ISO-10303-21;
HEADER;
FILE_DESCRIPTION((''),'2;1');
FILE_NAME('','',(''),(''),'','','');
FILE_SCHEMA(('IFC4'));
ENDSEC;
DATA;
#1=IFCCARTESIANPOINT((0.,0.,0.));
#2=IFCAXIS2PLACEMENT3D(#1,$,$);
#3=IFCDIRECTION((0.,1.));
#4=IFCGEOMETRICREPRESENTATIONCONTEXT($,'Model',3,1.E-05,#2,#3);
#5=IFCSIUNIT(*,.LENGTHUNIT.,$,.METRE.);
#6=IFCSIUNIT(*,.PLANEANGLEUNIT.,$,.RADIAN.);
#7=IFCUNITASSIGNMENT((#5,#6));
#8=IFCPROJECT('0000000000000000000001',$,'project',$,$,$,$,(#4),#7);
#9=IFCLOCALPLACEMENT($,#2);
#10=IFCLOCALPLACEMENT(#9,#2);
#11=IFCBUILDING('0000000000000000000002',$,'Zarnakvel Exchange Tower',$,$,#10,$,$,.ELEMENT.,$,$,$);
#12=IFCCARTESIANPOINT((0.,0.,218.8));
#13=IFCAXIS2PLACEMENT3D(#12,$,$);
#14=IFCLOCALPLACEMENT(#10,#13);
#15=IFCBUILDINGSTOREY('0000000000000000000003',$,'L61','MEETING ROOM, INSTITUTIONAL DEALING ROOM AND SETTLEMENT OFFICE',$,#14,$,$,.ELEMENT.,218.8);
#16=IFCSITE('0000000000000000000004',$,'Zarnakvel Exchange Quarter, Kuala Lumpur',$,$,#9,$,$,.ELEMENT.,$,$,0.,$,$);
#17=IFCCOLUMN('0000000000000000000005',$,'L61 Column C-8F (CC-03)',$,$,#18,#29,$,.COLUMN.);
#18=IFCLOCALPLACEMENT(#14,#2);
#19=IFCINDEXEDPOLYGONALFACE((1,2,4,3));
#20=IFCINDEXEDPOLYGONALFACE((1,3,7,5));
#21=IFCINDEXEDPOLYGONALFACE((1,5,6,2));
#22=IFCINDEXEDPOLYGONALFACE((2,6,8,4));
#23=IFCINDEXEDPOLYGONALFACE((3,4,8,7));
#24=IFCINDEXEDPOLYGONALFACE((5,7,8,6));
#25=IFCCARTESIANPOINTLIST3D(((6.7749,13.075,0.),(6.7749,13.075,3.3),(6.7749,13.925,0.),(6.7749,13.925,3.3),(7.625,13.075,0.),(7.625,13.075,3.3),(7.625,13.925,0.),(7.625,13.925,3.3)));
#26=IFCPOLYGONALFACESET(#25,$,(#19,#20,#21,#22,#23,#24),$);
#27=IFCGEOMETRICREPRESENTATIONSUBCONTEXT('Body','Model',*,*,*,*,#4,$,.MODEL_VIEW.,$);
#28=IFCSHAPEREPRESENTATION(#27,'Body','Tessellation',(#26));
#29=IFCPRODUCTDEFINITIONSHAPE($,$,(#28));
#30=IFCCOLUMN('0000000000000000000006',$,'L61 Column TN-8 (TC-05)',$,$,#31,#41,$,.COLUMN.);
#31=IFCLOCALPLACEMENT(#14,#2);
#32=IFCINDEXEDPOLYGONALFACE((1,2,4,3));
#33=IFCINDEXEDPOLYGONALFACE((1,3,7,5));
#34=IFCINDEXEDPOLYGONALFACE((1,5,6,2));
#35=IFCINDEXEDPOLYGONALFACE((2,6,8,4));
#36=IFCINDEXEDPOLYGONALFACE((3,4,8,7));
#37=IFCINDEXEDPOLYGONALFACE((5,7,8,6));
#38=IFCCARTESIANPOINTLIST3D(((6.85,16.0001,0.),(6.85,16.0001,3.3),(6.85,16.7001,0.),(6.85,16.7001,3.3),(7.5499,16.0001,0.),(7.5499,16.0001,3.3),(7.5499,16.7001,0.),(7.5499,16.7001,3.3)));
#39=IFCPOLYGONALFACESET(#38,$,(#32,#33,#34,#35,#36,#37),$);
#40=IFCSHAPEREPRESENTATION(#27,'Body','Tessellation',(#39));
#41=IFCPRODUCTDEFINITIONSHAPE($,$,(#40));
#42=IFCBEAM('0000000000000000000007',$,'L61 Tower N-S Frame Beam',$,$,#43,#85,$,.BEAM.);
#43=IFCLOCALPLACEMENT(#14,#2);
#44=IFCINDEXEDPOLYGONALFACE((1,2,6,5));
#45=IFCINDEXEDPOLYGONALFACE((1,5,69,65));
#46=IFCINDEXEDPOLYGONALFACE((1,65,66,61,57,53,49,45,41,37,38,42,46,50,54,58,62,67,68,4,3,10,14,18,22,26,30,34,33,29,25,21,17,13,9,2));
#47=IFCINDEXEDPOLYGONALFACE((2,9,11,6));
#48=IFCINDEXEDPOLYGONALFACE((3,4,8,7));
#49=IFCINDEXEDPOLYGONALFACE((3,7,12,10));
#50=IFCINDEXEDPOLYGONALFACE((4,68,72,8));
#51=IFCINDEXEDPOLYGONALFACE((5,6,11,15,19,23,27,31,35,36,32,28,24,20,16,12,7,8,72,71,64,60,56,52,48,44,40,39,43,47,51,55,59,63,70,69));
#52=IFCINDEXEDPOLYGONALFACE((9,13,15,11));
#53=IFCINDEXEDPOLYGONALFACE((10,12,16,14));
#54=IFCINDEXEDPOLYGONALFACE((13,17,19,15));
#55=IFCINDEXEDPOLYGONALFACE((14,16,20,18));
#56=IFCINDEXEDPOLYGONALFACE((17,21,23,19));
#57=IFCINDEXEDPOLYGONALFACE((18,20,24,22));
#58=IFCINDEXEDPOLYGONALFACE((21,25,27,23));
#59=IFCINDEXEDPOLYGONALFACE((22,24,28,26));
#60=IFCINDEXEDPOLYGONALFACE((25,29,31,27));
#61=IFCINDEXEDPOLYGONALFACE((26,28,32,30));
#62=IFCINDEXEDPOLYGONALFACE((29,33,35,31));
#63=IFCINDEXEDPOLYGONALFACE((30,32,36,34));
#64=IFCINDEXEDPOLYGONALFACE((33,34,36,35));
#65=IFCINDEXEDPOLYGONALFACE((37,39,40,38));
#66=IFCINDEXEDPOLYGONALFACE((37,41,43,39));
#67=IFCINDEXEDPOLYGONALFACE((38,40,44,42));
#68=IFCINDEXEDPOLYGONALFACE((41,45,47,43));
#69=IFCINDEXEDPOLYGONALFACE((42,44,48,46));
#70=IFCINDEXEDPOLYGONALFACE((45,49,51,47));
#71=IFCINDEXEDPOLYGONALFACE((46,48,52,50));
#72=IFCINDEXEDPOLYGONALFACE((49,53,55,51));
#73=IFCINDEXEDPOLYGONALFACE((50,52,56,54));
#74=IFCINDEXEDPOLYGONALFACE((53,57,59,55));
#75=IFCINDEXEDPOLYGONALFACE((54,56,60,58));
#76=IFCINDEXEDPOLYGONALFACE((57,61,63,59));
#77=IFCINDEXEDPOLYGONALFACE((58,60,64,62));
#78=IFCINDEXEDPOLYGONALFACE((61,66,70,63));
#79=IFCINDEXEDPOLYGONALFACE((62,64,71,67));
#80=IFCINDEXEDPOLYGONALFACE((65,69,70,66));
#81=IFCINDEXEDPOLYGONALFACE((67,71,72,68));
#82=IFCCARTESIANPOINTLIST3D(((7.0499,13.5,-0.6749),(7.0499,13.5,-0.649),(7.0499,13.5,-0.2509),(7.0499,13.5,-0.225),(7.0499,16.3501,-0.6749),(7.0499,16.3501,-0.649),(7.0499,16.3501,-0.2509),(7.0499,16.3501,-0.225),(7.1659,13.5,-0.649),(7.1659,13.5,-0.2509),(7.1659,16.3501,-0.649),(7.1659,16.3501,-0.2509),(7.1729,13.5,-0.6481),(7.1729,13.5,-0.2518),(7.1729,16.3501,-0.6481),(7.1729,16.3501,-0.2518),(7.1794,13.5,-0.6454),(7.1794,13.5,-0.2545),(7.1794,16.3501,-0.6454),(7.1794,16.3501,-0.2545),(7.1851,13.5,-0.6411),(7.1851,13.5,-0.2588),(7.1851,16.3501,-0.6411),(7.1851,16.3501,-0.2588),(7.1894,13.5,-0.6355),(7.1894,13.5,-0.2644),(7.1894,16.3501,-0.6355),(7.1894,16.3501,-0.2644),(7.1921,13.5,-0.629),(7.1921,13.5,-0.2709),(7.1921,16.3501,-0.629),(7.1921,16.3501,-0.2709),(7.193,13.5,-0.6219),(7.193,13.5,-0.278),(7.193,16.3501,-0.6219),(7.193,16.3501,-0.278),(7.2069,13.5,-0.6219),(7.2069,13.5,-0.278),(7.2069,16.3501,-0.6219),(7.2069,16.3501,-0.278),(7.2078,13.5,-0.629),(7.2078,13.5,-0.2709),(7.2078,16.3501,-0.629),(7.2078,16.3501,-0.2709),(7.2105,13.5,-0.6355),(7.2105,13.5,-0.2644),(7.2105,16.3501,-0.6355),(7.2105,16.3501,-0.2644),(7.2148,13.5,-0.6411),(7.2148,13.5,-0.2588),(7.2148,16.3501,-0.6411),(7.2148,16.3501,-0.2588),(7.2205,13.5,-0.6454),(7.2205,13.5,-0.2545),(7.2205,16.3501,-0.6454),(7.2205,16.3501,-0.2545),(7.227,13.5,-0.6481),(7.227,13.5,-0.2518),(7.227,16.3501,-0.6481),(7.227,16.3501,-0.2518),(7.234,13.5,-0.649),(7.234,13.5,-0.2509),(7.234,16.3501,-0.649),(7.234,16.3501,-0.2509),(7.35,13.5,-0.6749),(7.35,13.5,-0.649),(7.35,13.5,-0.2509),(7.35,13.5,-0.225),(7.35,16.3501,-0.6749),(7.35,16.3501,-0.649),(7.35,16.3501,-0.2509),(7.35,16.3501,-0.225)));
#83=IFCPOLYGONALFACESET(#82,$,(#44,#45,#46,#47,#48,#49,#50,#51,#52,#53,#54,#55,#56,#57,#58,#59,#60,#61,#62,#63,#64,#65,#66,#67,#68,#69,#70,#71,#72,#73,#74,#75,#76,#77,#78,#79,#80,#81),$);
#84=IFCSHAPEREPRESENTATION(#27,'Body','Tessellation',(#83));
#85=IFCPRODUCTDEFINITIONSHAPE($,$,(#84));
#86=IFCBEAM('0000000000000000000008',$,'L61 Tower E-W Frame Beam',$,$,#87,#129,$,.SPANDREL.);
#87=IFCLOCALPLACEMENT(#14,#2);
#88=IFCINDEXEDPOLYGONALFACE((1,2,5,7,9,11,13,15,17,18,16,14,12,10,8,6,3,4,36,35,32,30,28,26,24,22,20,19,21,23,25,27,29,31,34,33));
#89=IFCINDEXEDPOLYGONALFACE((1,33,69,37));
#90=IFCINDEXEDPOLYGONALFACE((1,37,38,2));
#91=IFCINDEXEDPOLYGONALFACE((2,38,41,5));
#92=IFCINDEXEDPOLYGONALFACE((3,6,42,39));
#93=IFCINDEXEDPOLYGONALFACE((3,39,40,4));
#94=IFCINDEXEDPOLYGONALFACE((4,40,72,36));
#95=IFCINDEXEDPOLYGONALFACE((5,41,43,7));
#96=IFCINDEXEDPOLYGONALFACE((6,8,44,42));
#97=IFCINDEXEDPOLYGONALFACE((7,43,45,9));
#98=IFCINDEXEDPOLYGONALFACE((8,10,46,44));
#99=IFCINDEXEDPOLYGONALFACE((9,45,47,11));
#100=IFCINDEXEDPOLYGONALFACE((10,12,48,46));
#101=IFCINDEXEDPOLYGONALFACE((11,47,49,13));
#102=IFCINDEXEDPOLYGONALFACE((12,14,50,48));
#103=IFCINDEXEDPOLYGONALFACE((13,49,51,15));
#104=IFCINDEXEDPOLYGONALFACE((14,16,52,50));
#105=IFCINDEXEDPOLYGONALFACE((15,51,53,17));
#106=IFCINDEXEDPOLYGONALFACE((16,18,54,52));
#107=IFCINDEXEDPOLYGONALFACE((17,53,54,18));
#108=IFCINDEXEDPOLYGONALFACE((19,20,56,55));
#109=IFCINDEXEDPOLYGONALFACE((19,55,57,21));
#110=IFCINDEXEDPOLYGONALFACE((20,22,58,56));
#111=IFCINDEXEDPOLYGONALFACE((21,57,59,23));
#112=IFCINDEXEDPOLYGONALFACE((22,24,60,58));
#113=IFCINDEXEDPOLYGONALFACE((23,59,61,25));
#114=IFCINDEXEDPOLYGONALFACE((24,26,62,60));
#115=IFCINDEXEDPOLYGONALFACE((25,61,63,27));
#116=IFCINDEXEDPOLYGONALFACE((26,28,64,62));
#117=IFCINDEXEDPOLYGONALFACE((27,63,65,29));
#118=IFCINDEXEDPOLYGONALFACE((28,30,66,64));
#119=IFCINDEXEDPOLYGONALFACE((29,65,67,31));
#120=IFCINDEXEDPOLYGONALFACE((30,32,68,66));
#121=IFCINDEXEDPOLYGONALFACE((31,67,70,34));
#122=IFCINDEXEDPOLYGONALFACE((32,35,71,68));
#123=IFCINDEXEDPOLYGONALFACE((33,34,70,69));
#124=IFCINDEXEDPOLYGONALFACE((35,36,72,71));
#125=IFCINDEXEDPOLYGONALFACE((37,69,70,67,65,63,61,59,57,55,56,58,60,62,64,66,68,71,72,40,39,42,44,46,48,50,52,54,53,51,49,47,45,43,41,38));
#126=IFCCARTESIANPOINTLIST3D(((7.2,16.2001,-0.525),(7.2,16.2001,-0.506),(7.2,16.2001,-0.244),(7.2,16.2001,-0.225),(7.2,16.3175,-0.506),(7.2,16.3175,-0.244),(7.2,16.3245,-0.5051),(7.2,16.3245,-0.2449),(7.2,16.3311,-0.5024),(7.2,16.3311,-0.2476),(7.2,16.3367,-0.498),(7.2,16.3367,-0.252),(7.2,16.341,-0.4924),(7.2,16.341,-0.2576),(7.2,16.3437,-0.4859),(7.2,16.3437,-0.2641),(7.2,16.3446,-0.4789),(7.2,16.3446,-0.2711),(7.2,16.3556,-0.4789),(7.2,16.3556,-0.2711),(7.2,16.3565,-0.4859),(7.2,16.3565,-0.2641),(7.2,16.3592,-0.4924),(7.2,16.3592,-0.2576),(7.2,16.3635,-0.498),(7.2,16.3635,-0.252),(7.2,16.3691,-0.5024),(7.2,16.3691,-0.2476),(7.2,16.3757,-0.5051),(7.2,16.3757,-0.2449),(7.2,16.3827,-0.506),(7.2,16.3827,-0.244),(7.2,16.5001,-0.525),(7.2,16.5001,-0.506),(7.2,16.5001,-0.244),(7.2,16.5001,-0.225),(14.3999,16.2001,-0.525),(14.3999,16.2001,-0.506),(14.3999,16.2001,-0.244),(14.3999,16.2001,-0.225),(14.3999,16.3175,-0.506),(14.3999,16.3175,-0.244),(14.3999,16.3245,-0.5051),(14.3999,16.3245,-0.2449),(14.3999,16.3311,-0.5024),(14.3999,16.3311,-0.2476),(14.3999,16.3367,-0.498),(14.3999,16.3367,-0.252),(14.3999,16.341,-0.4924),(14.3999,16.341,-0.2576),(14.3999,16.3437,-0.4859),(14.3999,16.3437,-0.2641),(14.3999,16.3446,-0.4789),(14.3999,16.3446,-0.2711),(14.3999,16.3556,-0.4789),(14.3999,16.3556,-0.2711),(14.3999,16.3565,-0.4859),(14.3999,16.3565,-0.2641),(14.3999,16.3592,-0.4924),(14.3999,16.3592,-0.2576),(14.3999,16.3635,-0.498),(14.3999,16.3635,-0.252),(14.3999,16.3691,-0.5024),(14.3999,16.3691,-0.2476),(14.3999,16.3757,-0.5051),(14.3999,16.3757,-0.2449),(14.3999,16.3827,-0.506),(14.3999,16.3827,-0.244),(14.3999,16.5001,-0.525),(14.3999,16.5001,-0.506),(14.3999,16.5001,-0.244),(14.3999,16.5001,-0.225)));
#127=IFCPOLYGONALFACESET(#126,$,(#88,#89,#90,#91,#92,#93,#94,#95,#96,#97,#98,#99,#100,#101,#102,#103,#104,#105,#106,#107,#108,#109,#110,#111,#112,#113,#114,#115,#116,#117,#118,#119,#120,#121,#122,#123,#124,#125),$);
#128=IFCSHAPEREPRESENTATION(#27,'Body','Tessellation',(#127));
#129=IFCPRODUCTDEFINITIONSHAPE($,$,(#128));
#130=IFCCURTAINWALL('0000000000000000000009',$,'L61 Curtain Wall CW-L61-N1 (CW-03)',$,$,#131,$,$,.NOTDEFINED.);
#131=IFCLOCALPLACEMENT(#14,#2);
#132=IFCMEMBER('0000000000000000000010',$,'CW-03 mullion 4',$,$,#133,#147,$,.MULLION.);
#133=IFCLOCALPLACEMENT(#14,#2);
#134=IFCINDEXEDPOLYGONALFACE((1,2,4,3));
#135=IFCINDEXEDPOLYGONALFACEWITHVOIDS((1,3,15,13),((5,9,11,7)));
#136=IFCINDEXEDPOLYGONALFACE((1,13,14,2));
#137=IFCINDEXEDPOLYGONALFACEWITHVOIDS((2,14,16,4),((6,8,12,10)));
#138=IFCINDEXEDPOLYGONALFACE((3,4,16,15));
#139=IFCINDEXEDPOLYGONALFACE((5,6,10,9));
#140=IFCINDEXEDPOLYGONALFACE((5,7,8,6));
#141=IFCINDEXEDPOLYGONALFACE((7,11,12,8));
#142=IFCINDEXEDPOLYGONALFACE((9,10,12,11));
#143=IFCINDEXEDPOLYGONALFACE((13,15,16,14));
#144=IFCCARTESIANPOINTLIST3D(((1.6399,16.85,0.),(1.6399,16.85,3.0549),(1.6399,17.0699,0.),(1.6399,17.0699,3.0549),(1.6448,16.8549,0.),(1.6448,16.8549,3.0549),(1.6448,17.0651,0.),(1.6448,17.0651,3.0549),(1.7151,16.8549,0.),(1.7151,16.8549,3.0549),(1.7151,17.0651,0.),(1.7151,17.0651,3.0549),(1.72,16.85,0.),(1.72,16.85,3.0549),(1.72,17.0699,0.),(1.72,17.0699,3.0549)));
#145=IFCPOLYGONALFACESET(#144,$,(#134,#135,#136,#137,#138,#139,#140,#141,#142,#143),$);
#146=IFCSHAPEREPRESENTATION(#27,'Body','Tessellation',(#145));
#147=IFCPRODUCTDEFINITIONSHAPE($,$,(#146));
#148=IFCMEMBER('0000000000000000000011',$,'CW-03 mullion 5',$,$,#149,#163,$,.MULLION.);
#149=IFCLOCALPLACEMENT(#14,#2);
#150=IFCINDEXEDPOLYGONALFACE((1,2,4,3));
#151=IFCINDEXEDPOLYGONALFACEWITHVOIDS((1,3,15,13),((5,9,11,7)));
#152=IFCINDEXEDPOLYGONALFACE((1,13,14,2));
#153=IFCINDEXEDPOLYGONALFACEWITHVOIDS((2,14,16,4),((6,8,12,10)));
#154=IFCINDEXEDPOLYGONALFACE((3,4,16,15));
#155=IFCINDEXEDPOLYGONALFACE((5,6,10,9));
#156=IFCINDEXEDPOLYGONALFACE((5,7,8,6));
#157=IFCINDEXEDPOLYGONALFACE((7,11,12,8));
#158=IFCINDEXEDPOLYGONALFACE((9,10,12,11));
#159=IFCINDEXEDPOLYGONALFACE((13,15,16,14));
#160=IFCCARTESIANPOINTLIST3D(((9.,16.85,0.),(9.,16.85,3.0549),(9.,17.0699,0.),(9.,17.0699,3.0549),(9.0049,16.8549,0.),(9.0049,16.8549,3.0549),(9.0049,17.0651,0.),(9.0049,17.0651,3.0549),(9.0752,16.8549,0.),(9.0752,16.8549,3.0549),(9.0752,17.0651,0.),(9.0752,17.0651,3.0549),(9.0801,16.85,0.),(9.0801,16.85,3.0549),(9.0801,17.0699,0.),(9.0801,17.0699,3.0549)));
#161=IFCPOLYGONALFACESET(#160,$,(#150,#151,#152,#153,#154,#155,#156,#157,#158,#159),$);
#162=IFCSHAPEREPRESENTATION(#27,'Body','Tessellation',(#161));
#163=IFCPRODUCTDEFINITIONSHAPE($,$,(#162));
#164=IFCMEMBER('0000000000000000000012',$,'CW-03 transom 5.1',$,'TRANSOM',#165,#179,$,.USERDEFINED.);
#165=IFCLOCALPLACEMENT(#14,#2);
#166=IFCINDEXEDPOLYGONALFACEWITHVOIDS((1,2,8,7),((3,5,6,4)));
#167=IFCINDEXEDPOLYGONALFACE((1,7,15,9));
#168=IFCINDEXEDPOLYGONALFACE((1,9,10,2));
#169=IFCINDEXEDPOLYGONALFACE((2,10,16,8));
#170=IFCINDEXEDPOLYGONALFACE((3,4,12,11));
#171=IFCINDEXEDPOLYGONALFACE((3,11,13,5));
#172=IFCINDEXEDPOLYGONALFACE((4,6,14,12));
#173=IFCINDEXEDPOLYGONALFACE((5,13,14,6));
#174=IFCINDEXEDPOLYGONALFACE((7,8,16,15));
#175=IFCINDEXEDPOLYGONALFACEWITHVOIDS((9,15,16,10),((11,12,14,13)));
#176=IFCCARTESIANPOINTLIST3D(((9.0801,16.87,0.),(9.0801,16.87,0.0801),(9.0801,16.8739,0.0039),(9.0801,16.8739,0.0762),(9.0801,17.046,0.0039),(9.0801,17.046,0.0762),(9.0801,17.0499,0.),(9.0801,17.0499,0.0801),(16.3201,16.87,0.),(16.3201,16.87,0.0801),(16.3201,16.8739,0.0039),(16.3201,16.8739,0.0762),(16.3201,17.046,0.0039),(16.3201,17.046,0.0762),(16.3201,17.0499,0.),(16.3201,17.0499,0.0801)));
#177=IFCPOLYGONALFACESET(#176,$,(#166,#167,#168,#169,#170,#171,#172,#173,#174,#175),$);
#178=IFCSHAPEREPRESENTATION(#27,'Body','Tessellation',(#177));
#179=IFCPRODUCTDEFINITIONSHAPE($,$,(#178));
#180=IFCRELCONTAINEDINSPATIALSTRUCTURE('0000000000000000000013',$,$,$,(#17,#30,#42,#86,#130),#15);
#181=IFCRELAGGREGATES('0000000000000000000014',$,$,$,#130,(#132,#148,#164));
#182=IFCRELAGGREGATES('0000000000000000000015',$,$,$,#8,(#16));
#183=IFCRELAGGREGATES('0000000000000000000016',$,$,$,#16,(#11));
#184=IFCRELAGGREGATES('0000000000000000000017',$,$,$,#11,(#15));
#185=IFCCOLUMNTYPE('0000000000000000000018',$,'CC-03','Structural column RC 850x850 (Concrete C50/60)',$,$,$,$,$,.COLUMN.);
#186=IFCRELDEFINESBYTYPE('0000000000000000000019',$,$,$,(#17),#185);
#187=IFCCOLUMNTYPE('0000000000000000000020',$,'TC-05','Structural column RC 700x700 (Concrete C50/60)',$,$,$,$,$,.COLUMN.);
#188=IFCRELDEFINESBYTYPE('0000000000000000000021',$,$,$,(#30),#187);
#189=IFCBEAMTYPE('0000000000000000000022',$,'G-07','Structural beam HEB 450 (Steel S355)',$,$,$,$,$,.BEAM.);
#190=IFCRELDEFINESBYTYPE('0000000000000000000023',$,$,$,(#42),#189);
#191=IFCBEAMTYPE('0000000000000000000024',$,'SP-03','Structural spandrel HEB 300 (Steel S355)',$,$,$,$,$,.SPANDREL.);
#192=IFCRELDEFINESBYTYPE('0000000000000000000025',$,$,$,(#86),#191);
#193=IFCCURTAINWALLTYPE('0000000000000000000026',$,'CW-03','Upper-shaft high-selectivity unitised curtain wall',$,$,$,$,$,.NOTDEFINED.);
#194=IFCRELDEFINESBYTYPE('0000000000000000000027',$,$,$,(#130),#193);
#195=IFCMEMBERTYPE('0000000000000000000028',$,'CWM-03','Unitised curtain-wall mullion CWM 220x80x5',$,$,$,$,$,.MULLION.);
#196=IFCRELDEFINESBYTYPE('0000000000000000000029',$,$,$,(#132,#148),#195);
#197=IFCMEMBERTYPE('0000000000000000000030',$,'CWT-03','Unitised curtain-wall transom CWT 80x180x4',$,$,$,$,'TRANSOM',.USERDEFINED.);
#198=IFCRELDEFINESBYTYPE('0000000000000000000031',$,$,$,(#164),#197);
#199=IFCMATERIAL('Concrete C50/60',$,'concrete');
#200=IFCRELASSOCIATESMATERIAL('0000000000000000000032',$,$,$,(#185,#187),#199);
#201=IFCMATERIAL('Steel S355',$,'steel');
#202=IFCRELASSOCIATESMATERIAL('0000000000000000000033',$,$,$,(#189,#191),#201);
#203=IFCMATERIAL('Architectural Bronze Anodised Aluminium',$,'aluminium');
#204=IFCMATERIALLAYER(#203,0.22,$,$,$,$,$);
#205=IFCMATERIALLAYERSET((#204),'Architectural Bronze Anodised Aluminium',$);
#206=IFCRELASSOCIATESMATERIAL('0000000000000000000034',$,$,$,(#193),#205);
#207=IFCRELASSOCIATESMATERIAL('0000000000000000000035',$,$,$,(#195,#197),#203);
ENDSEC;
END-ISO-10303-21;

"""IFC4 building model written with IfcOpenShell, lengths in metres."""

from ifc_helpers import new_model, si_unit, direction, frame, origin, origin_2d, place, context, subcontext, project, spatial, rectangle, hollow_rectangle, i_section, extrude, source, transform, mapped, material, layer, layer_set, material_profile, profile_set, type_object, element, aggregate, save


model = new_model("IFC4")

# Units and contexts
model_context = context("Model", 3, precision=1e-05, world=origin(), true_north=direction((0.0, 1.0)))
body_context = subcontext(model_context, "Body", "Model", "MODEL_VIEW")
ifc_project = project(units=[si_unit("LENGTHUNIT", "METRE"), si_unit("PLANEANGLEUNIT", "RADIAN")], contexts=[model_context])

# Site, building, storey
site_placement = place(None, origin())
site = spatial("IfcSite", under=ifc_project, at=site_placement, Name="Zarnakvel Exchange Quarter, Kuala Lumpur", CompositionType="ELEMENT", RefElevation=0.0)
building_placement = place(site_placement, origin())
building = spatial("IfcBuilding", under=site, at=building_placement, Name="Zarnakvel Exchange Tower", CompositionType="ELEMENT")
storey_placement = place(building_placement, frame((0.0, 0.0, 218.8)))
storey = spatial("IfcBuildingStorey", under=building, at=storey_placement, Name="L61", Description="MEETING ROOM, INSTITUTIONAL DEALING ROOM AND SETTLEMENT OFFICE", CompositionType="ELEMENT", Elevation=218.8)

# Columns
ifc_material_1 = material(Name="Concrete C50/60", Category="concrete")
ifc_material_profile_1 = material_profile(ifc_material_1, rectangle(XDim=0.8501, YDim=0.8501, at=origin_2d()))
ifc_profile_set_1 = profile_set([ifc_material_profile_1], Name="Concrete C50/60")
column_type_1 = type_object("IfcColumnType", Name="CC-03", Description="Structural column RC 850x850 (Concrete C50/60)", PredefinedType="COLUMN", material=ifc_profile_set_1)
column_1_placement = place(storey_placement, frame((7.2, 13.5, 0.0), z_axis=(0.0, 0.0, 1.0), x_axis=(1.0, 0.0, 0.0)))
element("IfcColumn", 1, at=column_1_placement, inside=storey, type_object=column_type_1, Name="L61 Column C-8F (CC-03)", PredefinedType="COLUMN", context=body_context, shape_type="SweptSolid", body=[
    extrude(rectangle(XDim=0.8501, YDim=0.8501, at=origin_2d()), origin(), (0.0, 0.0, 1.0), 3.3),
])
ifc_material_profile_2 = material_profile(ifc_material_1, rectangle(XDim=0.7, YDim=0.7, at=origin_2d()))
ifc_profile_set_2 = profile_set([ifc_material_profile_2], Name="Concrete C50/60")
column_type_2 = type_object("IfcColumnType", Name="TC-05", Description="Structural column RC 700x700 (Concrete C50/60)", PredefinedType="COLUMN", material=ifc_profile_set_2)
column_2_placement = place(storey_placement, frame((7.2, 16.3501, 0.0), z_axis=(0.0, 0.0, 1.0), x_axis=(1.0, 0.0, 0.0)))
element("IfcColumn", 2, at=column_2_placement, inside=storey, type_object=column_type_2, Name="L61 Column TN-8 (TC-05)", PredefinedType="COLUMN", context=body_context, shape_type="SweptSolid", body=[
    extrude(rectangle(XDim=0.7, YDim=0.7, at=origin_2d()), origin(), (0.0, 0.0, 1.0), 3.3),
])

# Beams
ifc_material_2 = material(Name="Steel S355", Category="steel")
ifc_material_profile_3 = material_profile(ifc_material_2, i_section(OverallWidth=0.3, OverallDepth=0.45, WebThickness=0.0139, FlangeThickness=0.0259, FilletRadius=0.0271, at=origin_2d()))
ifc_profile_set_3 = profile_set([ifc_material_profile_3], Name="Steel S355")
beam_type_1 = type_object("IfcBeamType", Name="G-07", Description="Structural beam HEB 450 (Steel S355)", PredefinedType="BEAM", material=ifc_profile_set_3)
beam_1_placement = place(storey_placement, frame((7.2, 13.5, -0.45), z_axis=(0.0, 1.0, 0.0), x_axis=(-1.0, 0.0, 0.0)))
element("IfcBeam", 3, at=beam_1_placement, inside=storey, type_object=beam_type_1, Name="L61 Tower N-S Frame Beam", PredefinedType="BEAM", context=body_context, shape_type="SweptSolid", body=[
    extrude(i_section(OverallWidth=0.3, OverallDepth=0.45, WebThickness=0.0139, FlangeThickness=0.0259, FilletRadius=0.0271, at=origin_2d()), origin(), (0.0, 0.0, 1.0), 2.8501),
])
ifc_material_profile_4 = material_profile(ifc_material_2, i_section(OverallWidth=0.3, OverallDepth=0.3, WebThickness=0.011, FlangeThickness=0.019, FilletRadius=0.0271, at=origin_2d()))
ifc_profile_set_4 = profile_set([ifc_material_profile_4], Name="Steel S355")
beam_type_2 = type_object("IfcBeamType", Name="SP-03", Description="Structural spandrel HEB 300 (Steel S355)", PredefinedType="SPANDREL", material=ifc_profile_set_4)
beam_2_placement = place(storey_placement, frame((7.2, 16.3501, -0.375), z_axis=(1.0, 0.0, 0.0), x_axis=(0.0, 1.0, 0.0)))
element("IfcBeam", 4, at=beam_2_placement, inside=storey, type_object=beam_type_2, Name="L61 Tower E-W Frame Beam", PredefinedType="SPANDREL", context=body_context, shape_type="SweptSolid", body=[
    extrude(i_section(OverallWidth=0.3, OverallDepth=0.3, WebThickness=0.011, FlangeThickness=0.019, FilletRadius=0.0271, at=origin_2d()), origin(), (0.0, 0.0, 1.0), 7.2),
])

# Curtain wall, members
ifc_material_3 = material(Name="Architectural Bronze Anodised Aluminium", Category="aluminium")
ifc_layer_1 = layer(ifc_material_3, 0.22)
ifc_layer_set_1 = layer_set([ifc_layer_1], Name="Architectural Bronze Anodised Aluminium")
curtain_wall_type = type_object("IfcCurtainWallType", Name="CW-03", Description="Upper-shaft high-selectivity unitised curtain wall", PredefinedType="NOTDEFINED", material=ifc_layer_set_1)
curtain_wall_placement = place(storey_placement, origin())
curtain_wall = element("IfcCurtainWall", 5, at=curtain_wall_placement, inside=storey, type_object=curtain_wall_type, Name="L61 Curtain Wall CW-L61-N1 (CW-03)", PredefinedType="NOTDEFINED")
ifc_material_profile_5 = material_profile(ifc_material_3, hollow_rectangle(XDim=0.22, YDim=0.0801, WallThickness=0.0049, at=origin_2d()))
ifc_profile_set_5 = profile_set([ifc_material_profile_5], Name="Architectural Bronze Anodised Aluminium")
member_type_1 = type_object("IfcMemberType", Name="CWM-03", Description="Unitised curtain-wall mullion CWM 220x80x5", PredefinedType="MULLION", material=ifc_profile_set_5)
shared_shape_1 = source(origin(), body_context, "Body", "SweptSolid", [
    extrude(hollow_rectangle(XDim=0.22, YDim=0.0801, WallThickness=0.0049, at=origin_2d()), origin(), (0.0, 0.0, 1.0), 3.0549),
])
member_1_placement = place(storey_placement, frame((1.6799, 16.96, 0.0), z_axis=(0.0, 0.0, 1.0), x_axis=(0.0, 1.0, 0.0)))
member_1 = element("IfcMember", 6, at=member_1_placement, type_object=member_type_1, Name="CW-03 mullion 4", PredefinedType="MULLION", context=body_context, shape_type="MappedRepresentation", body=[
    mapped(shared_shape_1, transform((0.0, 0.0, 0.0), x_axis=(1.0, 0.0, 0.0), y_axis=(0.0, 1.0, 0.0), z_axis=(0.0, 0.0, 1.0), scale=1.0)),
])
member_2_placement = place(storey_placement, frame((9.04, 16.96, 0.0), z_axis=(0.0, 0.0, 1.0), x_axis=(0.0, 1.0, 0.0)))
member_2 = element("IfcMember", 7, at=member_2_placement, type_object=member_type_1, Name="CW-03 mullion 5", PredefinedType="MULLION", context=body_context, shape_type="MappedRepresentation", body=[
    mapped(shared_shape_1, transform((0.0, 0.0, 0.0), x_axis=(1.0, 0.0, 0.0), y_axis=(0.0, 1.0, 0.0), z_axis=(0.0, 0.0, 1.0), scale=1.0)),
])
ifc_material_profile_6 = material_profile(ifc_material_3, hollow_rectangle(XDim=0.1799, YDim=0.0801, WallThickness=0.0039, at=origin_2d()))
ifc_profile_set_6 = profile_set([ifc_material_profile_6], Name="Architectural Bronze Anodised Aluminium")
member_type_2 = type_object("IfcMemberType", Name="CWT-03", Description="Unitised curtain-wall transom CWT 80x180x4", ElementType="TRANSOM", PredefinedType="USERDEFINED", material=ifc_profile_set_6)
shared_shape_2 = source(origin(), body_context, "Body", "SweptSolid", [
    extrude(hollow_rectangle(XDim=0.1799, YDim=0.0801, WallThickness=0.0039, at=origin_2d()), origin(), (0.0, 0.0, 1.0), 7.24),
])
member_3_placement = place(storey_placement, frame((9.0801, 16.96, 0.04), z_axis=(1.0, 0.0, 0.0), x_axis=(0.0, 1.0, 0.0)))
member_3 = element("IfcMember", 8, at=member_3_placement, type_object=member_type_2, Name="CW-03 transom 5.1", ObjectType="TRANSOM", PredefinedType="USERDEFINED", context=body_context, shape_type="MappedRepresentation", body=[
    mapped(shared_shape_2, transform((0.0, 0.0, 0.0), x_axis=(1.0, 0.0, 0.0), y_axis=(0.0, 1.0, 0.0), z_axis=(0.0, 0.0, 1.0), scale=1.0)),
])
aggregate(curtain_wall, [member_1, member_2, member_3])

save(model, "model.ifc")
